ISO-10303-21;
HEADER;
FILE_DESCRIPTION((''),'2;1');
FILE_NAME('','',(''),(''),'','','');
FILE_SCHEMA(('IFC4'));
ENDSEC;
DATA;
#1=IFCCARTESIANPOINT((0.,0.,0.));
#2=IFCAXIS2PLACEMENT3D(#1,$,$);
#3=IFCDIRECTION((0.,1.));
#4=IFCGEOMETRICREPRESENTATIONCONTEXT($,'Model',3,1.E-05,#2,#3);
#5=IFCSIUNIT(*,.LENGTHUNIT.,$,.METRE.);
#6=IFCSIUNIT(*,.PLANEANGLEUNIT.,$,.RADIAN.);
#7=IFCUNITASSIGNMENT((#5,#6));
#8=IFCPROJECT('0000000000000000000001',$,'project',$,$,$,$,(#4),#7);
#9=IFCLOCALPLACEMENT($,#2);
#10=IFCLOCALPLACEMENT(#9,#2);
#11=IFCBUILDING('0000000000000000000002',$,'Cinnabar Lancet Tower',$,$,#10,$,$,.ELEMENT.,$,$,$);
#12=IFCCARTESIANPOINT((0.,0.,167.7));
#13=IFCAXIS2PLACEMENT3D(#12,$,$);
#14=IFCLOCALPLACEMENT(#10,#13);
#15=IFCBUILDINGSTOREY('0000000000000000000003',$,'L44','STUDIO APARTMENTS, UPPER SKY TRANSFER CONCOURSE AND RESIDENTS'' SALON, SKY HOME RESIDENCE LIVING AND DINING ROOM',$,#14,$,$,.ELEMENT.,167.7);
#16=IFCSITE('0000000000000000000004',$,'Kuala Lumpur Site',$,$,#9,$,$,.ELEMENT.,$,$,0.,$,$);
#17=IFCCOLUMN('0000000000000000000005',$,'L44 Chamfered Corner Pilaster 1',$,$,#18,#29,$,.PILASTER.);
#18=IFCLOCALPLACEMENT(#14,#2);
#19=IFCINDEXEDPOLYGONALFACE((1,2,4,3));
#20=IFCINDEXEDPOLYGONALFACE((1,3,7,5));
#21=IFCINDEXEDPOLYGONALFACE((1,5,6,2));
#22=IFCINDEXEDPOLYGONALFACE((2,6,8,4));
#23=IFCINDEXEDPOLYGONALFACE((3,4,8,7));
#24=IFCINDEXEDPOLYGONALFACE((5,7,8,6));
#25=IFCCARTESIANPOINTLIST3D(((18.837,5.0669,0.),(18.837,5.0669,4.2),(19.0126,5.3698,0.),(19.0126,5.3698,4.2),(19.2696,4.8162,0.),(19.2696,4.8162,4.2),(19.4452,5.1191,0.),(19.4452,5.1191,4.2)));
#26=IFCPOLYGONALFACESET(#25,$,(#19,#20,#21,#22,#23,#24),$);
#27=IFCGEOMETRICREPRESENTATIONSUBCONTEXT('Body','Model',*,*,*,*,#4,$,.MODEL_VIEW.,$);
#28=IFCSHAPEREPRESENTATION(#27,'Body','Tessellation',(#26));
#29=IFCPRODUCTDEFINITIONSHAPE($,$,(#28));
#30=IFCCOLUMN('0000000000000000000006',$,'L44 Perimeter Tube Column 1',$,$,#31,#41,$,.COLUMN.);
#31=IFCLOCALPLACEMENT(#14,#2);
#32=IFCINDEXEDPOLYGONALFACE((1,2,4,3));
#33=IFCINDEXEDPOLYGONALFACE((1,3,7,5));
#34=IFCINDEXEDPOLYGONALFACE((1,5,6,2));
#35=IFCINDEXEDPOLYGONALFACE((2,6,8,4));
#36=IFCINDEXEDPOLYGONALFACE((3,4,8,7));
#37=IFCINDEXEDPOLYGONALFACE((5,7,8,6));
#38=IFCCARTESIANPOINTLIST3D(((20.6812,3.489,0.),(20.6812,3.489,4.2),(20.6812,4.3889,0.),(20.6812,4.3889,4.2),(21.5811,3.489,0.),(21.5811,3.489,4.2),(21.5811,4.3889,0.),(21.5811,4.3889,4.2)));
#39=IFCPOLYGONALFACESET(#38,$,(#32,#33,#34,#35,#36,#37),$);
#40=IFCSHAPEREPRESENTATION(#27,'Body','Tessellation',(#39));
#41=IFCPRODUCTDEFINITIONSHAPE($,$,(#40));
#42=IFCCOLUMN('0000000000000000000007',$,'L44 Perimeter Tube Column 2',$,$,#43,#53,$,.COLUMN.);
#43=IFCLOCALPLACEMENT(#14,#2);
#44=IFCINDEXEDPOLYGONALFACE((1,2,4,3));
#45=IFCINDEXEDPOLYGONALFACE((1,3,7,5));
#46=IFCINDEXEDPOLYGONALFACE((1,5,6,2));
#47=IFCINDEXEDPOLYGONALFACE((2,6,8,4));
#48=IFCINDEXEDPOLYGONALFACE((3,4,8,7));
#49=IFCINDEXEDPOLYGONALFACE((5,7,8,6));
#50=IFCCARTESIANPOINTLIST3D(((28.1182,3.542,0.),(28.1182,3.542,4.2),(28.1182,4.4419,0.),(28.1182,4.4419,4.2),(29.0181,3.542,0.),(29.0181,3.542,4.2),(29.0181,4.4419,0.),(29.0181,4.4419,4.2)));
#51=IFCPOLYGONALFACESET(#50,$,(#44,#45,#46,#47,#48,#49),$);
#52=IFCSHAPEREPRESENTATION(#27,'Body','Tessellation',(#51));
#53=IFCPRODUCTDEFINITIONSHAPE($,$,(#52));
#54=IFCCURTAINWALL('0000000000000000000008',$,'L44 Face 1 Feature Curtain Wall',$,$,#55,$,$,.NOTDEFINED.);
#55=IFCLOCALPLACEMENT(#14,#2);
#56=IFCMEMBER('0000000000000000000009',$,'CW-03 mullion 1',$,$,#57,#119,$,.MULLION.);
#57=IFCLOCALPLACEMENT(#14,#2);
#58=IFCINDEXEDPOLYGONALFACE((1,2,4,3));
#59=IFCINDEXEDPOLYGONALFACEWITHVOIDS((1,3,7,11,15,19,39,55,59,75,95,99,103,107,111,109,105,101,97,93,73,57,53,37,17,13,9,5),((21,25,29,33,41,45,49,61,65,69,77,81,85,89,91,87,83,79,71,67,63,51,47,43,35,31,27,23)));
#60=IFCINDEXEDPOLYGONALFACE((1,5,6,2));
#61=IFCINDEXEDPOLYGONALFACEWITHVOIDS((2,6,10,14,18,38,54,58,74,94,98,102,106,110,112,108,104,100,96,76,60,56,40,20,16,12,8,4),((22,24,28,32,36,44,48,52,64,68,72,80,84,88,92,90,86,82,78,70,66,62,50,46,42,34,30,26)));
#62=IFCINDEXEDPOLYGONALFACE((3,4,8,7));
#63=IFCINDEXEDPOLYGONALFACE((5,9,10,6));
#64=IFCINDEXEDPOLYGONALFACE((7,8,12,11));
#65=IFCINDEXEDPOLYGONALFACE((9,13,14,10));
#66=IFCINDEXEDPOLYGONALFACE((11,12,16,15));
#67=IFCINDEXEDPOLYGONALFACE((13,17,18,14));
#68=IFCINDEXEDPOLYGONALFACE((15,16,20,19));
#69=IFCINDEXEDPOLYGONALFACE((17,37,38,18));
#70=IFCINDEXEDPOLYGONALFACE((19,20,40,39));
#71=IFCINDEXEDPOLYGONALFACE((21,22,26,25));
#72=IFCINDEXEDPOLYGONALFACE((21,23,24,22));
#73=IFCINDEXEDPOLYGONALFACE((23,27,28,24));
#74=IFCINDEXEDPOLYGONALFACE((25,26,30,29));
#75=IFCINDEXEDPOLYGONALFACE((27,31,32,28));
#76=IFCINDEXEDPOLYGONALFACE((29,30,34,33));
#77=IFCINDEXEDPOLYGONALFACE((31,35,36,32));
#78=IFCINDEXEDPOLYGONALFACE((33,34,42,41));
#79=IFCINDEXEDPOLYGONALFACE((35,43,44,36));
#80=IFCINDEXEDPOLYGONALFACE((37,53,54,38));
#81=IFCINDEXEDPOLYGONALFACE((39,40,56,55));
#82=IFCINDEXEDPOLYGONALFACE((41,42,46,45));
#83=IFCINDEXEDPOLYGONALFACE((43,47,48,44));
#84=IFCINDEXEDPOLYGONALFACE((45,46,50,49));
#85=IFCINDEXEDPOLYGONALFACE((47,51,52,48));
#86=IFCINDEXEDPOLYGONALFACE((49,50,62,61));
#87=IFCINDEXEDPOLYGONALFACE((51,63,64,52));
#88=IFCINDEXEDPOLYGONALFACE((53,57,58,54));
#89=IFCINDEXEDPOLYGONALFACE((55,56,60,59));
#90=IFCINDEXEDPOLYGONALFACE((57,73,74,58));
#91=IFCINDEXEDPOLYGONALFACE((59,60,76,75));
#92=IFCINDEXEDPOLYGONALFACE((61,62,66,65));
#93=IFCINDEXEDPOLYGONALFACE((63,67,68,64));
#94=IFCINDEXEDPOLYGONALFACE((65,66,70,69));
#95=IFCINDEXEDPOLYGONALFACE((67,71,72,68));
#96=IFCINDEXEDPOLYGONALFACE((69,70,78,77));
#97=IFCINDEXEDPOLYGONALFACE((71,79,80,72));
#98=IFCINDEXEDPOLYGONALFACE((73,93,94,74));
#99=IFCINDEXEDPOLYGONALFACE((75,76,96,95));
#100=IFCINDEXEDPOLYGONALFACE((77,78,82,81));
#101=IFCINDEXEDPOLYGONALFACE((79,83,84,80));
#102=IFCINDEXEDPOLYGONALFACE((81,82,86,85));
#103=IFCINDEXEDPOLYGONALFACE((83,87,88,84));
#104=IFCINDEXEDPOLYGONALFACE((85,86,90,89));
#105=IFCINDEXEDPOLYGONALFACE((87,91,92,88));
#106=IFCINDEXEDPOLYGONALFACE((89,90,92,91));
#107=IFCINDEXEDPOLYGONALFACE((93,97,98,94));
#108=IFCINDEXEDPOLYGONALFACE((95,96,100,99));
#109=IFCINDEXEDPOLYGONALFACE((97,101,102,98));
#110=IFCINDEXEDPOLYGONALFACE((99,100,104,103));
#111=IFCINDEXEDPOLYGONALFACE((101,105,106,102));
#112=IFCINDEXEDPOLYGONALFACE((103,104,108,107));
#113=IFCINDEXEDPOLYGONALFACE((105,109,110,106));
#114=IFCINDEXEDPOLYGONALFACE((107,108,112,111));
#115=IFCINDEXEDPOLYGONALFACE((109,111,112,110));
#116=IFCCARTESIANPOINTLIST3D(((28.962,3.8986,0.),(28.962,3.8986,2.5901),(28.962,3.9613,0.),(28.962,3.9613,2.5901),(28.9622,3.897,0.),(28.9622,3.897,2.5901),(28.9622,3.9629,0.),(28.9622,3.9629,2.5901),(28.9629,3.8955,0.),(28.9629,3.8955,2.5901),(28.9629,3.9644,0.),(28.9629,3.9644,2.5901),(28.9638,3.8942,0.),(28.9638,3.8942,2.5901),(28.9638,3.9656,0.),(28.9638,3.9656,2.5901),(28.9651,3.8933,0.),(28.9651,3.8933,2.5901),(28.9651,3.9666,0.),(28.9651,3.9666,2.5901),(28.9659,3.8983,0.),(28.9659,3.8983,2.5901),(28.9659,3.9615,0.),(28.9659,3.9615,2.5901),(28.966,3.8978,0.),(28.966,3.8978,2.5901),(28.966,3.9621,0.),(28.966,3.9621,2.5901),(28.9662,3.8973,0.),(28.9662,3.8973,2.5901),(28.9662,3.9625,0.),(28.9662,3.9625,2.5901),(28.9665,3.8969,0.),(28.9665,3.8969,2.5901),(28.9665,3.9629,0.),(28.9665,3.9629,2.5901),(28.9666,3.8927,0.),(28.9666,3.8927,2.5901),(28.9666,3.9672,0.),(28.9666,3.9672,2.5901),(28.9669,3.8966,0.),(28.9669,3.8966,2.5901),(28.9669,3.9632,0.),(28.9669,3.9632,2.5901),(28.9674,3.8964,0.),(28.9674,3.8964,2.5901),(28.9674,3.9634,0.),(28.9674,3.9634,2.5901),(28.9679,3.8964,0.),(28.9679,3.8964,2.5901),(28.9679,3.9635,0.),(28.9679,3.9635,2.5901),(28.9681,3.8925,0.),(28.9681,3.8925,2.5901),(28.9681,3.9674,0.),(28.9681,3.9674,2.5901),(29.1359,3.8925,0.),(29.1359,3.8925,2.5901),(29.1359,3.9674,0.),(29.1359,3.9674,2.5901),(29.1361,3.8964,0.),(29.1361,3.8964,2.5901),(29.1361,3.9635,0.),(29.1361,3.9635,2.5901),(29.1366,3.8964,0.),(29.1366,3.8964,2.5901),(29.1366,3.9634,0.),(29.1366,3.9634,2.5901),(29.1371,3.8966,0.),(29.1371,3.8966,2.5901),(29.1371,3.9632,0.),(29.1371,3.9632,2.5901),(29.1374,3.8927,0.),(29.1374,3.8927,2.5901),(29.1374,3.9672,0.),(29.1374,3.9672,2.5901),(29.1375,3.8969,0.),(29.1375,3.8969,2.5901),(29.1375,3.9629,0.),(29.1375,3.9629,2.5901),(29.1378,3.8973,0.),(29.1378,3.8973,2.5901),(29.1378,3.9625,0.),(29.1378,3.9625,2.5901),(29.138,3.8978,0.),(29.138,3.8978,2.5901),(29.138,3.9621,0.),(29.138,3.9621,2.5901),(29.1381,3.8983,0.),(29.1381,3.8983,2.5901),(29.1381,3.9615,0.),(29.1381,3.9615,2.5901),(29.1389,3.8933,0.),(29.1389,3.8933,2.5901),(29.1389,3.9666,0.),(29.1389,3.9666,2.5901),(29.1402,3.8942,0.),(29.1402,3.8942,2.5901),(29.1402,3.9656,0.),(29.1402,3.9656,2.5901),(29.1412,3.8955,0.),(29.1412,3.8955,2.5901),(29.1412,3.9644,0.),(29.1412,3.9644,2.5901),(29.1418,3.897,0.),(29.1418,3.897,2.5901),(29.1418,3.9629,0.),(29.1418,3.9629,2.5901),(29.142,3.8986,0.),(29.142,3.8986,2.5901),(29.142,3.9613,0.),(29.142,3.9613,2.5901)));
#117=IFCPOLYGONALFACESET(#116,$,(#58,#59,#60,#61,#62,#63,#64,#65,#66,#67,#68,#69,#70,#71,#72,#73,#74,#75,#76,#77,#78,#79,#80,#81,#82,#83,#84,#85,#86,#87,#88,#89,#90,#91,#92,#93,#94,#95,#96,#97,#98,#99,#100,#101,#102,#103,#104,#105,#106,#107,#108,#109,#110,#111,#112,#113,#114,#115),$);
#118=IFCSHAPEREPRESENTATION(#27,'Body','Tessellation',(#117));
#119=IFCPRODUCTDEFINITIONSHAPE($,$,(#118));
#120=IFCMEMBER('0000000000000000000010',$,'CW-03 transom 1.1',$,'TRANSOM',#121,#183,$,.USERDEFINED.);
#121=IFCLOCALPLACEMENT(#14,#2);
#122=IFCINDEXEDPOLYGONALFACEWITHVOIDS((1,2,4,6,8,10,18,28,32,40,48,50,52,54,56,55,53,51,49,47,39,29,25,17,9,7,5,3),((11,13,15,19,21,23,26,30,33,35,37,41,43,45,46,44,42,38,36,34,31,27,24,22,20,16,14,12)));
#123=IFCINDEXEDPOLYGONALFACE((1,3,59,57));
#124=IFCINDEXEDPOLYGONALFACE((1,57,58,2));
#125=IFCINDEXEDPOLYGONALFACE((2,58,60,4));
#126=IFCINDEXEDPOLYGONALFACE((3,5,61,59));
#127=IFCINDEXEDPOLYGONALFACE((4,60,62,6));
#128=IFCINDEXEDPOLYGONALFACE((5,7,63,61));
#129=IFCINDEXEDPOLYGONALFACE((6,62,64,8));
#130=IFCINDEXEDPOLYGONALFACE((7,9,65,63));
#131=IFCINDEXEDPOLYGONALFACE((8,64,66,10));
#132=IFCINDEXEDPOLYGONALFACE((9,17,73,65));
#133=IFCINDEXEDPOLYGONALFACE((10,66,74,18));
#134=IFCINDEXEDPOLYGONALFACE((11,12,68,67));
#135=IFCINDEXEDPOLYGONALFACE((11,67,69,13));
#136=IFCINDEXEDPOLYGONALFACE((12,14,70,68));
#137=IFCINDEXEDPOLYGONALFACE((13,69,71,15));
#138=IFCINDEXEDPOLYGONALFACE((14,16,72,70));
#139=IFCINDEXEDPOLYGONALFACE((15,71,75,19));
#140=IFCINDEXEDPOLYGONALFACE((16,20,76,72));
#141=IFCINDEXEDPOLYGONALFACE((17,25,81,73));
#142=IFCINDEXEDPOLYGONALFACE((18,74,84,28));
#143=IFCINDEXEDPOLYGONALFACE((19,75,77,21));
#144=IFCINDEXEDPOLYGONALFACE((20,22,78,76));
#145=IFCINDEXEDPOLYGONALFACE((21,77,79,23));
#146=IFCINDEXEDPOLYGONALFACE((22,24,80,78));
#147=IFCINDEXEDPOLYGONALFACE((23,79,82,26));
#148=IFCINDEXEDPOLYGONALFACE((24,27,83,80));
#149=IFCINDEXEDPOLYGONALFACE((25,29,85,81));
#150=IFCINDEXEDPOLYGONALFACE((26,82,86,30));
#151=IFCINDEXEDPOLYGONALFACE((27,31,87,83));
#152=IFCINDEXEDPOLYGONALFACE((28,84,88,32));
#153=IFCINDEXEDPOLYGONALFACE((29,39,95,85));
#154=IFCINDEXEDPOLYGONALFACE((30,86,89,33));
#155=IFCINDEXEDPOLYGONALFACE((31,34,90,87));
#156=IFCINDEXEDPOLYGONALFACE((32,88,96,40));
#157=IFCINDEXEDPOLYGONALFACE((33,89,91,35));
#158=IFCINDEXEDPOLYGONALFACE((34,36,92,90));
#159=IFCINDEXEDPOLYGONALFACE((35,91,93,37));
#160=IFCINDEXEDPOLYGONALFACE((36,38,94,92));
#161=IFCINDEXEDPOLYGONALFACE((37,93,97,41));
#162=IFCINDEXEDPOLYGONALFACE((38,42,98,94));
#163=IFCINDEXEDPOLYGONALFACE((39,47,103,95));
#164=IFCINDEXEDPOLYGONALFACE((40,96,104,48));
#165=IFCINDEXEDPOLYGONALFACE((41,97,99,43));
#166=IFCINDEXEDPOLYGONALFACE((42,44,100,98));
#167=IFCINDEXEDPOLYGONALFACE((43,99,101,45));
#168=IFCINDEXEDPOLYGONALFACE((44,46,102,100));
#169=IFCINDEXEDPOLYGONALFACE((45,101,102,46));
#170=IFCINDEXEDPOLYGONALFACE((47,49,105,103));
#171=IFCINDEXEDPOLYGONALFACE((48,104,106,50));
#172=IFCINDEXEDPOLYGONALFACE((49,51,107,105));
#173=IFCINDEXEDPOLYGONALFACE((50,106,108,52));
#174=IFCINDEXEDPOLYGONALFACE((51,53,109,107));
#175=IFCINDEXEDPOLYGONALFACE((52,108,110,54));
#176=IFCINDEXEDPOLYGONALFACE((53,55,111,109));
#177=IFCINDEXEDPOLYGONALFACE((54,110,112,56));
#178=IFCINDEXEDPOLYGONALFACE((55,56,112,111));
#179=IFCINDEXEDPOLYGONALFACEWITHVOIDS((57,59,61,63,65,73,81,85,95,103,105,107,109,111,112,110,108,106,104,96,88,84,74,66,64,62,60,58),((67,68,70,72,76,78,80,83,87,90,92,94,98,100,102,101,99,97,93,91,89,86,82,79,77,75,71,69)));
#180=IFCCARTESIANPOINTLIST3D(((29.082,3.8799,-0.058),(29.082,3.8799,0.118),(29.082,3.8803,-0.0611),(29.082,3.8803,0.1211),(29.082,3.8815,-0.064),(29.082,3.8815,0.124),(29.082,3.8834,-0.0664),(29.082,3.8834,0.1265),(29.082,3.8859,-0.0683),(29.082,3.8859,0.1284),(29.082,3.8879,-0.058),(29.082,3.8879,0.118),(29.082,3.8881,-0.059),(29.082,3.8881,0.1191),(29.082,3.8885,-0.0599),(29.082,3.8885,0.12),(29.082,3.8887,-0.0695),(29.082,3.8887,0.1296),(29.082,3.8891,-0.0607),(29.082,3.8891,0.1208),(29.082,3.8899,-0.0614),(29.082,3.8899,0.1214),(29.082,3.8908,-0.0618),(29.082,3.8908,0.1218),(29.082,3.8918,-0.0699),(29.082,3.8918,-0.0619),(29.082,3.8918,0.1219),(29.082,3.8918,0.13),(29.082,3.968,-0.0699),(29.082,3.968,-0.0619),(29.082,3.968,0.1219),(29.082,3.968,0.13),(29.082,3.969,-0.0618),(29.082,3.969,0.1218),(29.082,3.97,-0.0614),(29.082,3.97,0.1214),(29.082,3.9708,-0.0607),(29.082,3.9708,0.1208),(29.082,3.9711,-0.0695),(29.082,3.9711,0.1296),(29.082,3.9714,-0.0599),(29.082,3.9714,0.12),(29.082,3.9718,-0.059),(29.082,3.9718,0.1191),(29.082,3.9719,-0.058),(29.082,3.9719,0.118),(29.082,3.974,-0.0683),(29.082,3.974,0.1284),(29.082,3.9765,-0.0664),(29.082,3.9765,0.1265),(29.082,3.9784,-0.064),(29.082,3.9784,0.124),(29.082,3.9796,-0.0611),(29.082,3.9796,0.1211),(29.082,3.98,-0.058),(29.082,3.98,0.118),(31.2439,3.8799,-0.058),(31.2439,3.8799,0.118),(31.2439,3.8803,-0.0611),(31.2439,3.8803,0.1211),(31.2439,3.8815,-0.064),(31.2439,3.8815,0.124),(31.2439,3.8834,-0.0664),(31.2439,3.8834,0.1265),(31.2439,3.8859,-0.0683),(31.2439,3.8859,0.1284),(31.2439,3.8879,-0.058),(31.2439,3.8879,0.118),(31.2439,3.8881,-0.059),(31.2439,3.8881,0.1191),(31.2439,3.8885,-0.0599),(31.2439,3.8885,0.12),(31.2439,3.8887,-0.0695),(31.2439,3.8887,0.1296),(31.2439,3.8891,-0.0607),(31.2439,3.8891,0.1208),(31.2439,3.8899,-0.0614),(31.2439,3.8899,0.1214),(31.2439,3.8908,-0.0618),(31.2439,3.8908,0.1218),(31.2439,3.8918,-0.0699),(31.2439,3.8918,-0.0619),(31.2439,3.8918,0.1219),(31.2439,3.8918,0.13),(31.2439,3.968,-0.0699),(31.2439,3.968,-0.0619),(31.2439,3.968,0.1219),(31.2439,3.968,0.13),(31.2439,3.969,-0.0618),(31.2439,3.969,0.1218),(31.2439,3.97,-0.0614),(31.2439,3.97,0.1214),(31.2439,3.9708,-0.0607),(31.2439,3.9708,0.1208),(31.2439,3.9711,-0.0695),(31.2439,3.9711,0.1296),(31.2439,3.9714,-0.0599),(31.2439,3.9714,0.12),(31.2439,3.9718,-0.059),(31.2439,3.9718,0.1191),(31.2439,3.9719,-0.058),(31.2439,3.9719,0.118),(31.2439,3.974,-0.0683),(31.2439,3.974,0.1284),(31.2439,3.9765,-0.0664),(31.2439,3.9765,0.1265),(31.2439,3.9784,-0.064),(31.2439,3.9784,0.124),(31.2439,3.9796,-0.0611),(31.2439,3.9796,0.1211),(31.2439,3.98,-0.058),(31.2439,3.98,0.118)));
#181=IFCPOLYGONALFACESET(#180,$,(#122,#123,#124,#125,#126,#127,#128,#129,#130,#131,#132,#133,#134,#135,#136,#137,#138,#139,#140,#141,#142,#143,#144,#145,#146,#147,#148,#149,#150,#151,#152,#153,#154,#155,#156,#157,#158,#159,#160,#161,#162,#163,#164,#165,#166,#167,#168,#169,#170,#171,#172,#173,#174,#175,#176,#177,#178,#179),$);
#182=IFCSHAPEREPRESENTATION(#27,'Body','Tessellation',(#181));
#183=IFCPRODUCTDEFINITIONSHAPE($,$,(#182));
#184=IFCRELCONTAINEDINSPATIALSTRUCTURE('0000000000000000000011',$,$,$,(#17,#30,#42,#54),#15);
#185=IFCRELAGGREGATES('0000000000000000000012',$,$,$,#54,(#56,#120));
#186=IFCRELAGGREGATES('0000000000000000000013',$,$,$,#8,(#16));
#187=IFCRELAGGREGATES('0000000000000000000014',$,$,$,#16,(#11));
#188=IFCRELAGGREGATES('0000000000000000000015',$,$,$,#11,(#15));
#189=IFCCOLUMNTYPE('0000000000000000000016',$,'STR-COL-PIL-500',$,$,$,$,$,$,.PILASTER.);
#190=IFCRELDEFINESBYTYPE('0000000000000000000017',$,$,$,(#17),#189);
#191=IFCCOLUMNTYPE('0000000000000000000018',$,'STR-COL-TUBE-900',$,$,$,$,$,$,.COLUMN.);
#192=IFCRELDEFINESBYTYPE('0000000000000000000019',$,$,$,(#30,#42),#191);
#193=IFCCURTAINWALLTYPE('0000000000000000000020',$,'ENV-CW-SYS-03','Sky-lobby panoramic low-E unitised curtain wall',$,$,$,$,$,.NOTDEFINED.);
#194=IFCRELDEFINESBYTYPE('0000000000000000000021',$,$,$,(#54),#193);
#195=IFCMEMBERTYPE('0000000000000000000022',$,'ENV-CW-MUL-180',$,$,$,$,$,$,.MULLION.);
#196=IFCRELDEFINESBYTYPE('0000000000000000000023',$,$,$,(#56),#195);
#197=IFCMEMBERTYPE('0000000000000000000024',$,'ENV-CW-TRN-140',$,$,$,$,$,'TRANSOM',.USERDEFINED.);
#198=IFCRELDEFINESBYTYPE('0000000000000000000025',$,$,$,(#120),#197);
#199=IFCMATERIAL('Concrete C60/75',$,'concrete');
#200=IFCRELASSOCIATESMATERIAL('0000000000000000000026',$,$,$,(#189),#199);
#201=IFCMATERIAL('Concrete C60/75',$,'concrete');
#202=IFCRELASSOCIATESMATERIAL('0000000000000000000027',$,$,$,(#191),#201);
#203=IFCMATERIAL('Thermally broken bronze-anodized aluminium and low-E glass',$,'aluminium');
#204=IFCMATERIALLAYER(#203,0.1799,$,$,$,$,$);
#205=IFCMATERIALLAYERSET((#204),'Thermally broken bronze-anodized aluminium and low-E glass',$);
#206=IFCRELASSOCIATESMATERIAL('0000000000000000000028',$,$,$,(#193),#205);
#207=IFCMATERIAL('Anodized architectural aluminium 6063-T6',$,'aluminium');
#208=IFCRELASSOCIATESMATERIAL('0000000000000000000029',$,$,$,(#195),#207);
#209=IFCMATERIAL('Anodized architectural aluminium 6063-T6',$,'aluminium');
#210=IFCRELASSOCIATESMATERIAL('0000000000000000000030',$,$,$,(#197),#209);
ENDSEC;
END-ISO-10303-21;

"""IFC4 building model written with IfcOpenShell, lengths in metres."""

from ifc_helpers import new_model, si_unit, direction, frame, origin, origin_2d, place, context, subcontext, project, spatial, rectangle, hollow_rectangle, extrude, material, layer, layer_set, material_profile, profile_set, type_object, element, aggregate, save


model = new_model("IFC4")

# Units and contexts
model_context = context("Model", 3, precision=1e-05, world=origin(), true_north=direction((0.0, 1.0)))
body_context = subcontext(model_context, "Body", "Model", "MODEL_VIEW")
ifc_project = project(units=[si_unit("LENGTHUNIT", "METRE"), si_unit("PLANEANGLEUNIT", "RADIAN")], contexts=[model_context])

# Site, building, storey
site_placement = place(None, origin())
site = spatial("IfcSite", under=ifc_project, at=site_placement, Name="Kuala Lumpur Site", CompositionType="ELEMENT", RefElevation=0.0)
building_placement = place(site_placement, origin())
building = spatial("IfcBuilding", under=site, at=building_placement, Name="Cinnabar Lancet Tower", CompositionType="ELEMENT")
storey_placement = place(building_placement, frame((0.0, 0.0, 167.7)))
storey = spatial("IfcBuildingStorey", under=building, at=storey_placement, Name="L44", Description="STUDIO APARTMENTS, UPPER SKY TRANSFER CONCOURSE AND RESIDENTS' SALON, SKY HOME RESIDENCE LIVING AND DINING ROOM", CompositionType="ELEMENT", Elevation=167.7)

# Columns
ifc_material_1 = material(Name="Concrete C60/75", Category="concrete")
ifc_material_profile_1 = material_profile(ifc_material_1, rectangle(XDim=0.5, YDim=0.3501, at=origin_2d()), Name="RC-PIL 500x350")
ifc_profile_set_1 = profile_set([ifc_material_profile_1], Name="Concrete C60/75")
column_type_1 = type_object("IfcColumnType", Name="STR-COL-PIL-500", PredefinedType="PILASTER", material=ifc_profile_set_1)
column_placement = place(storey_placement, frame((19.1411, 5.093, 0.0), z_axis=(0.0, 0.0, 1.0), x_axis=(0.86516, -0.501496, 0.0)))
element("IfcColumn", 1, at=column_placement, inside=storey, type_object=column_type_1, Name="L44 Chamfered Corner Pilaster 1", PredefinedType="PILASTER", context=body_context, shape_type="SweptSolid", body=[
    extrude(rectangle(XDim=0.5, YDim=0.3501, at=origin_2d()), origin(), (0.0, 0.0, 1.0), 4.2),
])
ifc_material_2 = material(Name="Concrete C60/75", Category="concrete")
ifc_material_profile_2 = material_profile(ifc_material_2, rectangle(XDim=0.8999, YDim=0.8999, at=origin_2d()), Name="RC-COL 900x900")
ifc_profile_set_2 = profile_set([ifc_material_profile_2], Name="Concrete C60/75")
column_type_2 = type_object("IfcColumnType", Name="STR-COL-TUBE-900", PredefinedType="COLUMN", material=ifc_profile_set_2)
for number, where, z_axis, x_axis, name in (
    (2, (21.1311, 3.939, 0.0), (0.0, 0.0, 1.0), (1.0, 0.0, 0.0), "L44 Perimeter Tube Column 1"),
    (3, (28.5681, 3.9919, 0.0), (0.0, 0.0, 1.0), (1.0, 0.0, 0.0), "L44 Perimeter Tube Column 2"),
):
    element("IfcColumn", number, at=place(storey_placement, frame(where, z_axis=z_axis, x_axis=x_axis)), inside=storey, type_object=column_type_2, Name=name, PredefinedType="COLUMN", context=body_context, shape_type="SweptSolid", body=[
        extrude(rectangle(XDim=0.8999, YDim=0.8999, at=origin_2d()), origin(), (0.0, 0.0, 1.0), 4.2),
    ])

# Curtain wall, members
ifc_material_3 = material(Name="Thermally broken bronze-anodized aluminium and low-E glass", Category="aluminium")
ifc_layer_1 = layer(ifc_material_3, 0.1799)
ifc_layer_set_1 = layer_set([ifc_layer_1], Name="Thermally broken bronze-anodized aluminium and low-E glass")
curtain_wall_type = type_object("IfcCurtainWallType", Name="ENV-CW-SYS-03", Description="Sky-lobby panoramic low-E unitised curtain wall", PredefinedType="NOTDEFINED", material=ifc_layer_set_1)
curtain_wall_placement = place(storey_placement, origin())
curtain_wall = element("IfcCurtainWall", 4, at=curtain_wall_placement, inside=storey, type_object=curtain_wall_type, Name="L44 Face 1 Feature Curtain Wall", PredefinedType="NOTDEFINED")
ifc_material_4 = material(Name="Anodized architectural aluminium 6063-T6", Category="aluminium")
ifc_material_profile_3 = material_profile(ifc_material_4, hollow_rectangle(XDim=0.075, YDim=0.1799, WallThickness=0.0039, InnerFilletRadius=0.002, OuterFilletRadius=0.0061, at=origin_2d()), Name="CW-MUL 180x75x4")
ifc_profile_set_3 = profile_set([ifc_material_profile_3], Name="Anodized architectural aluminium 6063-T6")
member_type_1 = type_object("IfcMemberType", Name="ENV-CW-MUL-180", PredefinedType="MULLION", material=ifc_profile_set_3)
member_1_placement = place(storey_placement, frame((29.052, 3.9299, 0.0), z_axis=(0.0, 0.0, 1.0), x_axis=(0.0, 1.0, 0.0)))
member_1 = element("IfcMember", 5, at=member_1_placement, type_object=member_type_1, Name="CW-03 mullion 1", PredefinedType="MULLION", context=body_context, shape_type="SweptSolid", body=[
    extrude(hollow_rectangle(XDim=0.075, YDim=0.1799, WallThickness=0.0039, InnerFilletRadius=0.002, OuterFilletRadius=0.0061, at=origin_2d()), origin(), (0.0, 0.0, 1.0), 2.5901),
])
ifc_material_5 = material(Name="Anodized architectural aluminium 6063-T6", Category="aluminium")
ifc_material_profile_4 = material_profile(ifc_material_5, hollow_rectangle(XDim=0.1001, YDim=0.2, WallThickness=0.0081, InnerFilletRadius=0.0039, OuterFilletRadius=0.012, at=origin_2d()), Name="RHS 200x100x8")
ifc_profile_set_4 = profile_set([ifc_material_profile_4], Name="Anodized architectural aluminium 6063-T6")
member_type_2 = type_object("IfcMemberType", Name="ENV-CW-TRN-140", ElementType="TRANSOM", PredefinedType="USERDEFINED", material=ifc_profile_set_4)
member_2_placement = place(storey_placement, frame((29.082, 3.9299, 0.03), z_axis=(1.0, 0.0, 0.0), x_axis=(0.0, 1.0, 0.0)))
member_2 = element("IfcMember", 6, at=member_2_placement, type_object=member_type_2, Name="CW-03 transom 1.1", ObjectType="TRANSOM", PredefinedType="USERDEFINED", context=body_context, shape_type="SweptSolid", body=[
    extrude(hollow_rectangle(XDim=0.1001, YDim=0.2, WallThickness=0.0081, InnerFilletRadius=0.0039, OuterFilletRadius=0.012, at=origin_2d()), origin(), (0.0, 0.0, 1.0), 2.1619),
])

aggregate(curtain_wall, [member_1, member_2])

save(model, "model.ifc")
